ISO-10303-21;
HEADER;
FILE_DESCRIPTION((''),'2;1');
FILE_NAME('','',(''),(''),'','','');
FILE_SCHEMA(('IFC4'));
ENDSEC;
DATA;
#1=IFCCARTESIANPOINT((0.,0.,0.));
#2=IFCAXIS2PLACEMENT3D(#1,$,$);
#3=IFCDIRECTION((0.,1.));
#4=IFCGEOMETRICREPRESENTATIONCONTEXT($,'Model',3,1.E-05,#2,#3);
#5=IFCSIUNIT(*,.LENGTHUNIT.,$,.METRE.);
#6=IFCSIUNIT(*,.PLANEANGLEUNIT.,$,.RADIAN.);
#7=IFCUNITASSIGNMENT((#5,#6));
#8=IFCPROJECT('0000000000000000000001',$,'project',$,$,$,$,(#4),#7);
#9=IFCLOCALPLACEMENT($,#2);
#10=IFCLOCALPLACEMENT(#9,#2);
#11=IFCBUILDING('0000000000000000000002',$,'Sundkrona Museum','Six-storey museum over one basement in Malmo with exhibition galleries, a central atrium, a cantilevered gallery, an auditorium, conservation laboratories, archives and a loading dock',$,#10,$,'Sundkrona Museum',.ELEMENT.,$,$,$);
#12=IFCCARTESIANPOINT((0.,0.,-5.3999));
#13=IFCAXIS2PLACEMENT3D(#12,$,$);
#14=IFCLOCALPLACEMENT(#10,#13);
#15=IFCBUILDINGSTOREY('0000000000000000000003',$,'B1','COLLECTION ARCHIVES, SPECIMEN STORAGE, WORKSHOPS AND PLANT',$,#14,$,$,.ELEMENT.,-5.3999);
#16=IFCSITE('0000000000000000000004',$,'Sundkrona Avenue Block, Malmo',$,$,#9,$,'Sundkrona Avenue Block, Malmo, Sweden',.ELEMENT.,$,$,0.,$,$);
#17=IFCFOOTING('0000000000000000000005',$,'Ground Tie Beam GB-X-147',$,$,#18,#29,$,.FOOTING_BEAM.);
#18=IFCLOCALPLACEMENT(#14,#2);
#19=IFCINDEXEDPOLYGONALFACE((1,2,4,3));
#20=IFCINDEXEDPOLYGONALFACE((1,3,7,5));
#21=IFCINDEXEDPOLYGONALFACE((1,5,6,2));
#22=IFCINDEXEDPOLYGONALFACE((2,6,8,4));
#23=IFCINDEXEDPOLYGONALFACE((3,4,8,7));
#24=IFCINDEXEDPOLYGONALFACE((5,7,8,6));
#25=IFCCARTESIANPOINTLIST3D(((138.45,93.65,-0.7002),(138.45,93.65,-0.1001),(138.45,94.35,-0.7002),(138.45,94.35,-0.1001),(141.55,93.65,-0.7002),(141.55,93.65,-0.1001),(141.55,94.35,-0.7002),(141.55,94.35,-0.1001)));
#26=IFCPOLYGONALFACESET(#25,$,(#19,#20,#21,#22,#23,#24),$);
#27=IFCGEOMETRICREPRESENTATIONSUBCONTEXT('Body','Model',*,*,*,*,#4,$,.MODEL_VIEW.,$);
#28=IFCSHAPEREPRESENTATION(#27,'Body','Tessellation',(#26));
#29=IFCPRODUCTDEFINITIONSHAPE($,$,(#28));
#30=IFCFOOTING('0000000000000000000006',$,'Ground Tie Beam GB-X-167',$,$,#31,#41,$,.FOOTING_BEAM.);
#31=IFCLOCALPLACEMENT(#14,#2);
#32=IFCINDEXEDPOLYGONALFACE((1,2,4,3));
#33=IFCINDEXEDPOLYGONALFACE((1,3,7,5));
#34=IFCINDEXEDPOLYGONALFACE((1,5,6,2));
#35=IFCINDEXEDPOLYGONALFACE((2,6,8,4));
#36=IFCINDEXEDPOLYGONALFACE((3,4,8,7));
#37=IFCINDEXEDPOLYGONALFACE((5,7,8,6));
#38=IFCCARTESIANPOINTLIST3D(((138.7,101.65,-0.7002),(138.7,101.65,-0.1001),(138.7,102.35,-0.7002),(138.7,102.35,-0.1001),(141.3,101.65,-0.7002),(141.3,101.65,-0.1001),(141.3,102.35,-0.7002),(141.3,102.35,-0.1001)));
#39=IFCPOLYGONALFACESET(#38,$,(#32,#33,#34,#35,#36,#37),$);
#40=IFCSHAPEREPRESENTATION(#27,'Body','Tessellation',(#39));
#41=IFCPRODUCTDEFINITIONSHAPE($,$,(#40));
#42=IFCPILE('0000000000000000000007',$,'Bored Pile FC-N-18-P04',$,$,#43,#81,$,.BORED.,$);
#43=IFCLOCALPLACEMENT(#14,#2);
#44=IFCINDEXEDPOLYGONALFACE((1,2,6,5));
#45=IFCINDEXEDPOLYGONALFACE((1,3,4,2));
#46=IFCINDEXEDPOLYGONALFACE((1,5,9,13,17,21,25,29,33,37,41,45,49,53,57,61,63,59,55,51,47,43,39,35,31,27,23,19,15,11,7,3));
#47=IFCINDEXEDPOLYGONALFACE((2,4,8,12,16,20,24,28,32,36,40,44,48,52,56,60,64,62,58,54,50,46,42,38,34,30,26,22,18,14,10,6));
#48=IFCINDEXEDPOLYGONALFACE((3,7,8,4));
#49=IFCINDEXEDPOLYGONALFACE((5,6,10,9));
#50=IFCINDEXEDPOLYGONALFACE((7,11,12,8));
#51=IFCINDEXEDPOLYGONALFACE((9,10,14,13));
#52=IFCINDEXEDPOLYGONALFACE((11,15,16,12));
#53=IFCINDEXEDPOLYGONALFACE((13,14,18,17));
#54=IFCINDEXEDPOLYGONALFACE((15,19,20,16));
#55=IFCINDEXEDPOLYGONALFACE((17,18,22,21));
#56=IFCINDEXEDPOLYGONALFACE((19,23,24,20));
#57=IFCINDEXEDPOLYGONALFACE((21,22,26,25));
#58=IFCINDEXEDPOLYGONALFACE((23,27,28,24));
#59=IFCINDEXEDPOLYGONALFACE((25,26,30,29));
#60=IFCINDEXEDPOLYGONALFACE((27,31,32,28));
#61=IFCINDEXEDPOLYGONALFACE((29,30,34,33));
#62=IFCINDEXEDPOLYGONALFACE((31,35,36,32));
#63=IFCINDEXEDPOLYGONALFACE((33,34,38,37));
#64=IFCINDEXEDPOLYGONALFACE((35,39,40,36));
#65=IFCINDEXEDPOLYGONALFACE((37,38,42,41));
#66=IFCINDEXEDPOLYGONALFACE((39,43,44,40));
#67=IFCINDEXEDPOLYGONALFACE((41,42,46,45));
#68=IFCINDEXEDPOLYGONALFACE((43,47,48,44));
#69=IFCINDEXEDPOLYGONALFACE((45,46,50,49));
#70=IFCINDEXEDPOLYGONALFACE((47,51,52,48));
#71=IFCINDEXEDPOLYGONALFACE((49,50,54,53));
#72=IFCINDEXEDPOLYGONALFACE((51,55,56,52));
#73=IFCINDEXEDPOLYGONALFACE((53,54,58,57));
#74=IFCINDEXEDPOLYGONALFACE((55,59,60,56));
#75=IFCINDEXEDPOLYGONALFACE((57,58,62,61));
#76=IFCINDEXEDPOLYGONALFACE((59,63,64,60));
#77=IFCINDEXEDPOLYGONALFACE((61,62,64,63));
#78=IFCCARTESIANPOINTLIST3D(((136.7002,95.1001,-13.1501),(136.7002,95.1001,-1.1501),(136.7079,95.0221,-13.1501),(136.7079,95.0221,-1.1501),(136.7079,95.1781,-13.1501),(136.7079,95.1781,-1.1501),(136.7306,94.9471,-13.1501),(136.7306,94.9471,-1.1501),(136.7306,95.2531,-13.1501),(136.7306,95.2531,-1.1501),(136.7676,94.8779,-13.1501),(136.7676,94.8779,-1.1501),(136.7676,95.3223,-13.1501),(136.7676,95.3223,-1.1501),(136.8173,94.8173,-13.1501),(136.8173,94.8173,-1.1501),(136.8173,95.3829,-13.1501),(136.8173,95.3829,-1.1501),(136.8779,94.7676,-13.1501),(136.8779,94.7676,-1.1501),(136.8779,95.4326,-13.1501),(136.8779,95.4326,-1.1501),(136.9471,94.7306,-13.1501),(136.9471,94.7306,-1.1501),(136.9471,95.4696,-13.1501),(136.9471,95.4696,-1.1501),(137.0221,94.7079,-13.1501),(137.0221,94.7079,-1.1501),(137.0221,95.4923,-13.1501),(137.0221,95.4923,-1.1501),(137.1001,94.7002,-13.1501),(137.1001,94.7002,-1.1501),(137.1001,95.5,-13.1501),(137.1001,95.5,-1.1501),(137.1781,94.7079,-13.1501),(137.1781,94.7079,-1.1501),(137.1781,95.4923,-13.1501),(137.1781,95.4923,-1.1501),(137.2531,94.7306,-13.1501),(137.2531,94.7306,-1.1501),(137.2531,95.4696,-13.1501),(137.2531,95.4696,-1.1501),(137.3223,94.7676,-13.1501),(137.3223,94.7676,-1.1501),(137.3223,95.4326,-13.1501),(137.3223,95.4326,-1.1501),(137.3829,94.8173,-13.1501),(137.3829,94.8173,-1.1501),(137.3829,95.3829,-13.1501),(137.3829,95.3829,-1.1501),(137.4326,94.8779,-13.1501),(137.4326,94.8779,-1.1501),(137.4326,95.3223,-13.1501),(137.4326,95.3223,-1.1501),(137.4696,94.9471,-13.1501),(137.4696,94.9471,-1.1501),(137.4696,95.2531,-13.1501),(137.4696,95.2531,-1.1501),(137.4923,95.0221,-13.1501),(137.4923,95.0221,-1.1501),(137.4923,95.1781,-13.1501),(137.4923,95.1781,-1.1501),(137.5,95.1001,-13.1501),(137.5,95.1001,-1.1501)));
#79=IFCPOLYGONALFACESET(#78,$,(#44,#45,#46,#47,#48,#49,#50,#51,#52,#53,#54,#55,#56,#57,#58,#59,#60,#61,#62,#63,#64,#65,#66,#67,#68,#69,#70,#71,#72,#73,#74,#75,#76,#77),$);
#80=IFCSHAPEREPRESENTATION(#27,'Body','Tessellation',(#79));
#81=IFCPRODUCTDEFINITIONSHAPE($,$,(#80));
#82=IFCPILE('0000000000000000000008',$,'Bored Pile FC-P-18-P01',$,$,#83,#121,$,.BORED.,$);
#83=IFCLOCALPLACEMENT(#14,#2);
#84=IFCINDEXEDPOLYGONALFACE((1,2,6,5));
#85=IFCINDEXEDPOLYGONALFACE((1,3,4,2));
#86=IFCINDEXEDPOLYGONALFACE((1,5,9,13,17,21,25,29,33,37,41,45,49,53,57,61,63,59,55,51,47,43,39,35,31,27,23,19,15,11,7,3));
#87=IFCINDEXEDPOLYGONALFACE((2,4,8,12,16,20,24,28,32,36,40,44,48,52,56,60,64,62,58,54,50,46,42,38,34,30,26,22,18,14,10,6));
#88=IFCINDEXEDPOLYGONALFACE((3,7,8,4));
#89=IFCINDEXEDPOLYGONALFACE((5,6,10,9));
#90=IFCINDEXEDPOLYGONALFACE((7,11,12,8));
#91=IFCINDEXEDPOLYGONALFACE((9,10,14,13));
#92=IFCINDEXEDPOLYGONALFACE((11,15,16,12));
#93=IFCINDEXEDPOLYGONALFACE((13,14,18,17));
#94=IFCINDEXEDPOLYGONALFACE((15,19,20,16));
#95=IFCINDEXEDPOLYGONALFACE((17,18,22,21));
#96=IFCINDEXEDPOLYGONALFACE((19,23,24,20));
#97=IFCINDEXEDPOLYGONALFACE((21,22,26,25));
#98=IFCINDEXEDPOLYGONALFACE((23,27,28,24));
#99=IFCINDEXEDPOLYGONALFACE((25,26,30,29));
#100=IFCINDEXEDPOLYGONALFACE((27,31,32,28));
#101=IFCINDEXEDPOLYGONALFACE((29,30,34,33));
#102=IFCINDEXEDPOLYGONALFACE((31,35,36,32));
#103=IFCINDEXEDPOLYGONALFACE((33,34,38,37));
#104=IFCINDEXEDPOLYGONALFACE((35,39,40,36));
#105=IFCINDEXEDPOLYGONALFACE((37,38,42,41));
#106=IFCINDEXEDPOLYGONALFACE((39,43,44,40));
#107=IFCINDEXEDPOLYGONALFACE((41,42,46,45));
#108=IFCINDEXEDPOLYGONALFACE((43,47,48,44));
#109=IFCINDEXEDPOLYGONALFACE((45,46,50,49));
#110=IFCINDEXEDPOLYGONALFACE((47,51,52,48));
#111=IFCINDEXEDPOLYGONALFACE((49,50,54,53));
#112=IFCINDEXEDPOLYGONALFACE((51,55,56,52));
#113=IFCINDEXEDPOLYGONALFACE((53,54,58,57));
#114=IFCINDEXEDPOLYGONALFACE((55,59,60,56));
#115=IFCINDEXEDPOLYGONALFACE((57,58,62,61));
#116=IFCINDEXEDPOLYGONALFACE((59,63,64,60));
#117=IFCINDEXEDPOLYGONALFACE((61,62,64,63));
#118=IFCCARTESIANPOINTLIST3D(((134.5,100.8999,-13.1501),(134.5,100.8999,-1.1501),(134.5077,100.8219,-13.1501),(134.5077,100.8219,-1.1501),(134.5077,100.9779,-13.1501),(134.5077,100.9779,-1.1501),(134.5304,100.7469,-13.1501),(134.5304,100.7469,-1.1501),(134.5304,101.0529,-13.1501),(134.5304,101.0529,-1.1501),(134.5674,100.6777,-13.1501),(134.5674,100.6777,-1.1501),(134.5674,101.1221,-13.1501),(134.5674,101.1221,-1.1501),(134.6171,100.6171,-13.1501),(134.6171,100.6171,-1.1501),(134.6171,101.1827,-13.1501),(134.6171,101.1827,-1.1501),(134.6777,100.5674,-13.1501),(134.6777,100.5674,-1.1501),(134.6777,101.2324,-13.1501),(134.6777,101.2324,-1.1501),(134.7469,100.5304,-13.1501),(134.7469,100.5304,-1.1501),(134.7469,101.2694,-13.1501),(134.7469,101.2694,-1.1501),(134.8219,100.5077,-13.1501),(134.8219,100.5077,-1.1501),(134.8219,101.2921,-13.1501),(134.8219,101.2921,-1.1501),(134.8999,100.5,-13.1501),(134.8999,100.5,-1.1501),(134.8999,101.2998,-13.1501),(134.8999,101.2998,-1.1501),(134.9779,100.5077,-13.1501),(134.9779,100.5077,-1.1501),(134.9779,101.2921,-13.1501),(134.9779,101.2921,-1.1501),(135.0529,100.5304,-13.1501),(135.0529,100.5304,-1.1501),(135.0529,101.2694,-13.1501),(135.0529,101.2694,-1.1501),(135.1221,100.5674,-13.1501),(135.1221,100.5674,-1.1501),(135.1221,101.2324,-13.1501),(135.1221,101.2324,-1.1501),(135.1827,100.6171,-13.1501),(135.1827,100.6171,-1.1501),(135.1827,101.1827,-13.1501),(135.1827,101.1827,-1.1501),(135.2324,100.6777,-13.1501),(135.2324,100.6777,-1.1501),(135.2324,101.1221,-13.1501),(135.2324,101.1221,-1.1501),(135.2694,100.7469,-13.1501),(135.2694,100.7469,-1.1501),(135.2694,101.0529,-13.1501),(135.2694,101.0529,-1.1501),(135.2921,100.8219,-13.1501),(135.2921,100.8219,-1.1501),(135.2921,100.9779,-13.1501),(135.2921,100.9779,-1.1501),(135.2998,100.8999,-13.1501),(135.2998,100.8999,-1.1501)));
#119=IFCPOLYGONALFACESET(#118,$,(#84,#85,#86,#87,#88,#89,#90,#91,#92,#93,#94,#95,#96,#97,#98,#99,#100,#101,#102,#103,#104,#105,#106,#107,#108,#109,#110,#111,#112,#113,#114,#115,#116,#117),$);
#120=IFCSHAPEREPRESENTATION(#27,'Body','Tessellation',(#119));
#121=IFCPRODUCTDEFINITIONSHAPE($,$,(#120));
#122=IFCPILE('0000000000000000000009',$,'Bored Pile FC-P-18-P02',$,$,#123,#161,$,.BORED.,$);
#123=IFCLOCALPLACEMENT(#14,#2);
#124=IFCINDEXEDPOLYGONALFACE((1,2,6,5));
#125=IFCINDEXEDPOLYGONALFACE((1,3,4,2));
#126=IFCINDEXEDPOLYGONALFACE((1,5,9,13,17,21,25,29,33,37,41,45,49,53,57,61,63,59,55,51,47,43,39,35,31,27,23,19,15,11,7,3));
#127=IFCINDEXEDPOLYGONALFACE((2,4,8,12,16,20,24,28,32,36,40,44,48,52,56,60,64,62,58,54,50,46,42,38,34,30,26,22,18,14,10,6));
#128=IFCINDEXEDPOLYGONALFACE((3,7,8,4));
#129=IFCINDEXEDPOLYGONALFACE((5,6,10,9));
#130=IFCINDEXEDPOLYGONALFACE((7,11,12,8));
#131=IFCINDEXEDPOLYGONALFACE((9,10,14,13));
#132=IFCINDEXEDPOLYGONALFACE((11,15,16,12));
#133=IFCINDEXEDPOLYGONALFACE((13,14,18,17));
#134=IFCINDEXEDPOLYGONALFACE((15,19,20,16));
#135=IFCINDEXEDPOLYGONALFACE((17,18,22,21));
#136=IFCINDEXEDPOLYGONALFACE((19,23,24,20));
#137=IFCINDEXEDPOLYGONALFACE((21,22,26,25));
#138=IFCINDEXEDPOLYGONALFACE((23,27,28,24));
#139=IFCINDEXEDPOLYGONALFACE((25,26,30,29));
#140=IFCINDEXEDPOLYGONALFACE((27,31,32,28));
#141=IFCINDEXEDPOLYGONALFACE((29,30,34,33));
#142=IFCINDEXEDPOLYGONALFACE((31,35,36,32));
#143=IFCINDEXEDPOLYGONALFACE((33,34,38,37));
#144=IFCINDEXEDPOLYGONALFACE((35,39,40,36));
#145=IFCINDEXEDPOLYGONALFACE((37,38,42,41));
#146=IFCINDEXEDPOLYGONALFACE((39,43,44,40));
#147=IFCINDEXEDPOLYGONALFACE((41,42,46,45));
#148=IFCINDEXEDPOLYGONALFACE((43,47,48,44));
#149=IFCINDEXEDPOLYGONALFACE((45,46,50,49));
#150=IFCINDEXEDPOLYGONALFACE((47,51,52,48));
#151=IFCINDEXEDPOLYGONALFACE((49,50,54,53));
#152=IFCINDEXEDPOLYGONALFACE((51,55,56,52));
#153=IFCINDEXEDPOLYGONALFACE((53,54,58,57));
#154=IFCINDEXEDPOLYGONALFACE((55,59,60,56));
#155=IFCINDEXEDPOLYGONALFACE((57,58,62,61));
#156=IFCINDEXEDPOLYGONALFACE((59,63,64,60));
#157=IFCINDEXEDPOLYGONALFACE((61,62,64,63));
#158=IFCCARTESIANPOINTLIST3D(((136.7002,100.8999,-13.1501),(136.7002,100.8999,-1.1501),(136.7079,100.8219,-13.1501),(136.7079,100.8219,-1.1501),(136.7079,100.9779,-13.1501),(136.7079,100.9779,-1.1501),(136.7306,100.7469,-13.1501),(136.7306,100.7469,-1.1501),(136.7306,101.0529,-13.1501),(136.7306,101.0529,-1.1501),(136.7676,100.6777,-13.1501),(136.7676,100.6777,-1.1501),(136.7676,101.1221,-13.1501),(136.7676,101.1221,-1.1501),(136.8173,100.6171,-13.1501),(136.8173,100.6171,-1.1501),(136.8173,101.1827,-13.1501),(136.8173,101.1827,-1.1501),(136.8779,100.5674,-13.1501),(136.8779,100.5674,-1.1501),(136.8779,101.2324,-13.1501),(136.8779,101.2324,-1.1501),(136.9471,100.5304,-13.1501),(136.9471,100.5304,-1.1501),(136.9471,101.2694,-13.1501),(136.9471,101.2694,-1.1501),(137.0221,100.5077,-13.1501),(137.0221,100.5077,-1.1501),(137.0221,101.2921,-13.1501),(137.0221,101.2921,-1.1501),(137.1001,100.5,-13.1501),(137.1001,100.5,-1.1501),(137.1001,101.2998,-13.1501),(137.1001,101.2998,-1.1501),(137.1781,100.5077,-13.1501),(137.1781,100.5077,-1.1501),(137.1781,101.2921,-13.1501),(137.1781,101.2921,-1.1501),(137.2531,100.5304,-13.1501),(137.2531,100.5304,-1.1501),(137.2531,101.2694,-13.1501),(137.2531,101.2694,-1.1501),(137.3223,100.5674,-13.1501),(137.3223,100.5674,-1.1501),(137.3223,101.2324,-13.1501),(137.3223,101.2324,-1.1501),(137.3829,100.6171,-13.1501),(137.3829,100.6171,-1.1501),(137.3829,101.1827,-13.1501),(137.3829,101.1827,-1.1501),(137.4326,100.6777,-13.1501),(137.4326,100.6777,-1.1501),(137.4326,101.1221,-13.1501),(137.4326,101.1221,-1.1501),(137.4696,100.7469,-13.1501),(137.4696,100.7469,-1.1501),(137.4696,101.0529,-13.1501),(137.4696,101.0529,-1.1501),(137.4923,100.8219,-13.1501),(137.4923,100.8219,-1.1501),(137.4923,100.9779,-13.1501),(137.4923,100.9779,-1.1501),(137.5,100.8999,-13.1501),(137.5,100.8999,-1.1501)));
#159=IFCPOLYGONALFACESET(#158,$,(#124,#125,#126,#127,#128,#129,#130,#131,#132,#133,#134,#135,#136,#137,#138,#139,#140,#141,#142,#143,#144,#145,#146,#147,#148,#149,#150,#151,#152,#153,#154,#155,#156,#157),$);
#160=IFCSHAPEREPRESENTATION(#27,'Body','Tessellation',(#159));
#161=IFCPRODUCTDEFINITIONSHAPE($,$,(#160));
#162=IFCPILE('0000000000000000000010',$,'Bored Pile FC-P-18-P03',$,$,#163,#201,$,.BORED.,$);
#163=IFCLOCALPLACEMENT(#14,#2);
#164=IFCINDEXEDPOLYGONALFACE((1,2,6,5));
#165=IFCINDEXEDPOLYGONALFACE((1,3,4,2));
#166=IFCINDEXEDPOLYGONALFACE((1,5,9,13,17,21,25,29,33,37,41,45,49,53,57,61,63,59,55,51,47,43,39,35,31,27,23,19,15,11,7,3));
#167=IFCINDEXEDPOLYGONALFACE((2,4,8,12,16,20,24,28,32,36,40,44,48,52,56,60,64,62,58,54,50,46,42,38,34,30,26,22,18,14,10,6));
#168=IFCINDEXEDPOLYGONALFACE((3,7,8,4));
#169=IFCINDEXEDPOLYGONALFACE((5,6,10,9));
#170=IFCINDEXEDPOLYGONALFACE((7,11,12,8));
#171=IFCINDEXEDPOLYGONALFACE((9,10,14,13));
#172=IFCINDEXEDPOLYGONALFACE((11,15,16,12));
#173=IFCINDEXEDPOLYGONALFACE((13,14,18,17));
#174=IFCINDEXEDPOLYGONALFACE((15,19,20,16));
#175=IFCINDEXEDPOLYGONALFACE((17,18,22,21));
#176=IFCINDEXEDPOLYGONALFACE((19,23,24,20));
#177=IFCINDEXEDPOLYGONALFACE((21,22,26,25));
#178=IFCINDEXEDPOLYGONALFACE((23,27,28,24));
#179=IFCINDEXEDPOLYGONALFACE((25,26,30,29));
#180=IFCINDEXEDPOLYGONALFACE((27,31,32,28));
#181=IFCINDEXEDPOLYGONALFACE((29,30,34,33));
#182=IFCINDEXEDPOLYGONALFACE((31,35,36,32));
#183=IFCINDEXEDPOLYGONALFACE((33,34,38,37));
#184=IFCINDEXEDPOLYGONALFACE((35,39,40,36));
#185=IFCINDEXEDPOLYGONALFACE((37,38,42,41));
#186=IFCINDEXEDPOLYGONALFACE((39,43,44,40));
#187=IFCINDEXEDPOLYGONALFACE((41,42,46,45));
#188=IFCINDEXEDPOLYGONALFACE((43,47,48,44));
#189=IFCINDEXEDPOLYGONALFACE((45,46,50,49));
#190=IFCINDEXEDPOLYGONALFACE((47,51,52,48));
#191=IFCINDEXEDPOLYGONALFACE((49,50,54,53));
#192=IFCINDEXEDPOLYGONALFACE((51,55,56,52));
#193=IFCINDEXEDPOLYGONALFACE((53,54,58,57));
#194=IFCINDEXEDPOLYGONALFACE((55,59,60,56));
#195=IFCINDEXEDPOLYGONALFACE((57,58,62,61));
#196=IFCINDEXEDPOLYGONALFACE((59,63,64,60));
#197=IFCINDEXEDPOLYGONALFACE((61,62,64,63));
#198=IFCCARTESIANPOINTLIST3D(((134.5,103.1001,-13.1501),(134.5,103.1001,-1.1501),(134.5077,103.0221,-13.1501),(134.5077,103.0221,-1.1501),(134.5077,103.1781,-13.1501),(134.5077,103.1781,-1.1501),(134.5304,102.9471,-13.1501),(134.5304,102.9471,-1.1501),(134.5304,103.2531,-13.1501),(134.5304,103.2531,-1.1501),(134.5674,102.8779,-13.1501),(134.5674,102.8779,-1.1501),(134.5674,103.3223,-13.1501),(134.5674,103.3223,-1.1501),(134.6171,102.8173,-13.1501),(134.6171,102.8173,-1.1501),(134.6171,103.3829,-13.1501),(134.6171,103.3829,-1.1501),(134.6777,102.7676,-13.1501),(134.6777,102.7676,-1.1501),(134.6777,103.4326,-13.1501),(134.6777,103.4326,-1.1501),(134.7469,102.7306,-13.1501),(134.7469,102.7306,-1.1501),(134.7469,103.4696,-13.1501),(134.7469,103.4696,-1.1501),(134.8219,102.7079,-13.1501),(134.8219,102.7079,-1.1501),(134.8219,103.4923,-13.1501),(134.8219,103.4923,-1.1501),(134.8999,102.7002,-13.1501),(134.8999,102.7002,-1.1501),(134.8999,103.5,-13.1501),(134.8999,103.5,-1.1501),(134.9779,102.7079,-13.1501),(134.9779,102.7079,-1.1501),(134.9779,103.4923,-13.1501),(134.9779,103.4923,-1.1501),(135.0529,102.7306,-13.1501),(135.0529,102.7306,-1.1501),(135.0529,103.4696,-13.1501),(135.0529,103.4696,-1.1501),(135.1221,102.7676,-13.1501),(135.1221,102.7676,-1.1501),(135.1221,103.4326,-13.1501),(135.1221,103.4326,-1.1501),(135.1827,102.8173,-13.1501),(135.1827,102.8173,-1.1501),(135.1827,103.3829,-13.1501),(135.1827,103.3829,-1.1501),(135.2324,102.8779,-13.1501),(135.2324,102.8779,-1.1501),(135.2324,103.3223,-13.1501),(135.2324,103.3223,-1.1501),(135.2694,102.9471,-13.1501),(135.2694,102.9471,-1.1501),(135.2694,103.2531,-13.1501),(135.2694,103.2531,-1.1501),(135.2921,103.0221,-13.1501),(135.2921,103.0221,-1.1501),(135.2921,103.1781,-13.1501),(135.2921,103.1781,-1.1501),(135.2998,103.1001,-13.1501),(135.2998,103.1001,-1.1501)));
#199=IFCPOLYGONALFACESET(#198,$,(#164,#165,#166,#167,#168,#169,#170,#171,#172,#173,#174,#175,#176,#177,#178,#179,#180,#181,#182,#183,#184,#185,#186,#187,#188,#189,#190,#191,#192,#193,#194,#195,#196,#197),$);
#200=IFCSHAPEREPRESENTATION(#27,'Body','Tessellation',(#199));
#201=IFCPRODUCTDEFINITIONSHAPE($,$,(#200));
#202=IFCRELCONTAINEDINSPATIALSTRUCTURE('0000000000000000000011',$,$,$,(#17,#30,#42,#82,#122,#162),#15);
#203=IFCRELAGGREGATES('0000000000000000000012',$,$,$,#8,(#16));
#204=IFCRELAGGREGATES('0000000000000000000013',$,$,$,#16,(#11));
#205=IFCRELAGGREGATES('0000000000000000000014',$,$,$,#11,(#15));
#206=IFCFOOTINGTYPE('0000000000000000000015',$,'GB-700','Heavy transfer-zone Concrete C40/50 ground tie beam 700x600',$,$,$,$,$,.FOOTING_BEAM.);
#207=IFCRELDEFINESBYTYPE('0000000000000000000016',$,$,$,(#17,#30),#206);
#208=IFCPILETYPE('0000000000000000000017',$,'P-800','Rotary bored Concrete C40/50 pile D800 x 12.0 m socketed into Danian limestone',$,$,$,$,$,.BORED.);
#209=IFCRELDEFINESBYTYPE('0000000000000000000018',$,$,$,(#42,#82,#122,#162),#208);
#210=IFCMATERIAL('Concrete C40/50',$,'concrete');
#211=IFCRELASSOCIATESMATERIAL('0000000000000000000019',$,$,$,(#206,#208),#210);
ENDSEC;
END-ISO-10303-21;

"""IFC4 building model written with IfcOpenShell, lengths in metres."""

from ifc_helpers import new_model, si_unit, direction, frame, origin, origin_2d, place, context, subcontext, project, spatial, rectangle, circle, extrude, material, material_profile, profile_set, type_object, element, save


model = new_model("IFC4")

# Units and contexts
model_context = context("Model", 3, precision=1e-05, world=origin(), true_north=direction((0.0, 1.0)))
body_context = subcontext(model_context, "Body", "Model", "MODEL_VIEW")
ifc_project = project(units=[si_unit("LENGTHUNIT", "METRE"), si_unit("PLANEANGLEUNIT", "RADIAN")], contexts=[model_context])

# Site, building, storey
site_placement = place(None, origin())
site = spatial("IfcSite", under=ifc_project, at=site_placement, Name="Sundkrona Avenue Block, Malmo", LongName="Sundkrona Avenue Block, Malmo, Sweden", CompositionType="ELEMENT", RefElevation=0.0)
building_placement = place(site_placement, origin())
building = spatial("IfcBuilding", under=site, at=building_placement, Name="Sundkrona Museum", Description="Six-storey museum over one basement in Malmo with exhibition galleries, a central atrium, a cantilevered gallery, an auditorium, conservation laboratories, archives and a loading dock", LongName="Sundkrona Museum", CompositionType="ELEMENT")
storey_placement = place(building_placement, frame((0.0, 0.0, -5.3999)))
storey = spatial("IfcBuildingStorey", under=building, at=storey_placement, Name="B1", Description="COLLECTION ARCHIVES, SPECIMEN STORAGE, WORKSHOPS AND PLANT", CompositionType="ELEMENT", Elevation=-5.3999)

# Footings
ifc_material_1 = material(Name="Concrete C40/50", Category="concrete")
footing_type_1 = type_object("IfcFootingType", Name="GB-700", Description="Heavy transfer-zone Concrete C40/50 ground tie beam 700x600", PredefinedType="FOOTING_BEAM", material=ifc_material_1)
footing_1_placement = place(storey_placement, frame((140.0, 94.0, -0.7002), z_axis=(0.0, 0.0, 1.0), x_axis=(1.0, 0.0, 0.0)))
element("IfcFooting", 1, at=footing_1_placement, inside=storey, type_object=footing_type_1, Name="Ground Tie Beam GB-X-147", PredefinedType="FOOTING_BEAM", context=body_context, shape_type="SweptSolid", body=[
    extrude(rectangle(XDim=3.1001, YDim=0.7, at=origin_2d()), origin(), (0.0, 0.0, 1.0), 0.6001),
])
footing_2_placement = place(storey_placement, frame((140.0, 102.0, -0.7002), z_axis=(0.0, 0.0, 1.0), x_axis=(1.0, 0.0, 0.0)))
element("IfcFooting", 2, at=footing_2_placement, inside=storey, type_object=footing_type_1, Name="Ground Tie Beam GB-X-167", PredefinedType="FOOTING_BEAM", context=body_context, shape_type="SweptSolid", body=[
    extrude(rectangle(XDim=2.6001, YDim=0.7, at=origin_2d()), origin(), (0.0, 0.0, 1.0), 0.6001),
])

# Piles
ifc_material_profile_1 = material_profile(ifc_material_1, circle(Radius=0.3999, at=origin_2d()), Name="PILE D800")
ifc_profile_set_1 = profile_set([ifc_material_profile_1], Name="Concrete C40/50")
pile_type = type_object("IfcPileType", Name="P-800", Description="Rotary bored Concrete C40/50 pile D800 x 12.0 m socketed into Danian limestone", PredefinedType="BORED", material=ifc_profile_set_1)
for number, where, z_axis, x_axis, name in (
    (3, (137.1001, 95.1001, -1.1501), (0.0, 0.0, -1.0), (1.0, 0.0, 0.0), "Bored Pile FC-N-18-P04"),
    (4, (134.8999, 100.8999, -1.1501), (0.0, 0.0, -1.0), (1.0, 0.0, 0.0), "Bored Pile FC-P-18-P01"),
    (5, (137.1001, 100.8999, -1.1501), (0.0, 0.0, -1.0), (1.0, 0.0, 0.0), "Bored Pile FC-P-18-P02"),
    (6, (134.8999, 103.1001, -1.1501), (0.0, 0.0, -1.0), (1.0, 0.0, 0.0), "Bored Pile FC-P-18-P03"),
):
    element("IfcPile", number, at=place(storey_placement, frame(where, z_axis=z_axis, x_axis=x_axis)), inside=storey, type_object=pile_type, Name=name, PredefinedType="BORED", context=body_context, shape_type="SweptSolid", body=[
        extrude(circle(Radius=0.3999, at=origin_2d()), origin(), (0.0, 0.0, 1.0), 12.0),
    ])

save(model, "model.ifc")
